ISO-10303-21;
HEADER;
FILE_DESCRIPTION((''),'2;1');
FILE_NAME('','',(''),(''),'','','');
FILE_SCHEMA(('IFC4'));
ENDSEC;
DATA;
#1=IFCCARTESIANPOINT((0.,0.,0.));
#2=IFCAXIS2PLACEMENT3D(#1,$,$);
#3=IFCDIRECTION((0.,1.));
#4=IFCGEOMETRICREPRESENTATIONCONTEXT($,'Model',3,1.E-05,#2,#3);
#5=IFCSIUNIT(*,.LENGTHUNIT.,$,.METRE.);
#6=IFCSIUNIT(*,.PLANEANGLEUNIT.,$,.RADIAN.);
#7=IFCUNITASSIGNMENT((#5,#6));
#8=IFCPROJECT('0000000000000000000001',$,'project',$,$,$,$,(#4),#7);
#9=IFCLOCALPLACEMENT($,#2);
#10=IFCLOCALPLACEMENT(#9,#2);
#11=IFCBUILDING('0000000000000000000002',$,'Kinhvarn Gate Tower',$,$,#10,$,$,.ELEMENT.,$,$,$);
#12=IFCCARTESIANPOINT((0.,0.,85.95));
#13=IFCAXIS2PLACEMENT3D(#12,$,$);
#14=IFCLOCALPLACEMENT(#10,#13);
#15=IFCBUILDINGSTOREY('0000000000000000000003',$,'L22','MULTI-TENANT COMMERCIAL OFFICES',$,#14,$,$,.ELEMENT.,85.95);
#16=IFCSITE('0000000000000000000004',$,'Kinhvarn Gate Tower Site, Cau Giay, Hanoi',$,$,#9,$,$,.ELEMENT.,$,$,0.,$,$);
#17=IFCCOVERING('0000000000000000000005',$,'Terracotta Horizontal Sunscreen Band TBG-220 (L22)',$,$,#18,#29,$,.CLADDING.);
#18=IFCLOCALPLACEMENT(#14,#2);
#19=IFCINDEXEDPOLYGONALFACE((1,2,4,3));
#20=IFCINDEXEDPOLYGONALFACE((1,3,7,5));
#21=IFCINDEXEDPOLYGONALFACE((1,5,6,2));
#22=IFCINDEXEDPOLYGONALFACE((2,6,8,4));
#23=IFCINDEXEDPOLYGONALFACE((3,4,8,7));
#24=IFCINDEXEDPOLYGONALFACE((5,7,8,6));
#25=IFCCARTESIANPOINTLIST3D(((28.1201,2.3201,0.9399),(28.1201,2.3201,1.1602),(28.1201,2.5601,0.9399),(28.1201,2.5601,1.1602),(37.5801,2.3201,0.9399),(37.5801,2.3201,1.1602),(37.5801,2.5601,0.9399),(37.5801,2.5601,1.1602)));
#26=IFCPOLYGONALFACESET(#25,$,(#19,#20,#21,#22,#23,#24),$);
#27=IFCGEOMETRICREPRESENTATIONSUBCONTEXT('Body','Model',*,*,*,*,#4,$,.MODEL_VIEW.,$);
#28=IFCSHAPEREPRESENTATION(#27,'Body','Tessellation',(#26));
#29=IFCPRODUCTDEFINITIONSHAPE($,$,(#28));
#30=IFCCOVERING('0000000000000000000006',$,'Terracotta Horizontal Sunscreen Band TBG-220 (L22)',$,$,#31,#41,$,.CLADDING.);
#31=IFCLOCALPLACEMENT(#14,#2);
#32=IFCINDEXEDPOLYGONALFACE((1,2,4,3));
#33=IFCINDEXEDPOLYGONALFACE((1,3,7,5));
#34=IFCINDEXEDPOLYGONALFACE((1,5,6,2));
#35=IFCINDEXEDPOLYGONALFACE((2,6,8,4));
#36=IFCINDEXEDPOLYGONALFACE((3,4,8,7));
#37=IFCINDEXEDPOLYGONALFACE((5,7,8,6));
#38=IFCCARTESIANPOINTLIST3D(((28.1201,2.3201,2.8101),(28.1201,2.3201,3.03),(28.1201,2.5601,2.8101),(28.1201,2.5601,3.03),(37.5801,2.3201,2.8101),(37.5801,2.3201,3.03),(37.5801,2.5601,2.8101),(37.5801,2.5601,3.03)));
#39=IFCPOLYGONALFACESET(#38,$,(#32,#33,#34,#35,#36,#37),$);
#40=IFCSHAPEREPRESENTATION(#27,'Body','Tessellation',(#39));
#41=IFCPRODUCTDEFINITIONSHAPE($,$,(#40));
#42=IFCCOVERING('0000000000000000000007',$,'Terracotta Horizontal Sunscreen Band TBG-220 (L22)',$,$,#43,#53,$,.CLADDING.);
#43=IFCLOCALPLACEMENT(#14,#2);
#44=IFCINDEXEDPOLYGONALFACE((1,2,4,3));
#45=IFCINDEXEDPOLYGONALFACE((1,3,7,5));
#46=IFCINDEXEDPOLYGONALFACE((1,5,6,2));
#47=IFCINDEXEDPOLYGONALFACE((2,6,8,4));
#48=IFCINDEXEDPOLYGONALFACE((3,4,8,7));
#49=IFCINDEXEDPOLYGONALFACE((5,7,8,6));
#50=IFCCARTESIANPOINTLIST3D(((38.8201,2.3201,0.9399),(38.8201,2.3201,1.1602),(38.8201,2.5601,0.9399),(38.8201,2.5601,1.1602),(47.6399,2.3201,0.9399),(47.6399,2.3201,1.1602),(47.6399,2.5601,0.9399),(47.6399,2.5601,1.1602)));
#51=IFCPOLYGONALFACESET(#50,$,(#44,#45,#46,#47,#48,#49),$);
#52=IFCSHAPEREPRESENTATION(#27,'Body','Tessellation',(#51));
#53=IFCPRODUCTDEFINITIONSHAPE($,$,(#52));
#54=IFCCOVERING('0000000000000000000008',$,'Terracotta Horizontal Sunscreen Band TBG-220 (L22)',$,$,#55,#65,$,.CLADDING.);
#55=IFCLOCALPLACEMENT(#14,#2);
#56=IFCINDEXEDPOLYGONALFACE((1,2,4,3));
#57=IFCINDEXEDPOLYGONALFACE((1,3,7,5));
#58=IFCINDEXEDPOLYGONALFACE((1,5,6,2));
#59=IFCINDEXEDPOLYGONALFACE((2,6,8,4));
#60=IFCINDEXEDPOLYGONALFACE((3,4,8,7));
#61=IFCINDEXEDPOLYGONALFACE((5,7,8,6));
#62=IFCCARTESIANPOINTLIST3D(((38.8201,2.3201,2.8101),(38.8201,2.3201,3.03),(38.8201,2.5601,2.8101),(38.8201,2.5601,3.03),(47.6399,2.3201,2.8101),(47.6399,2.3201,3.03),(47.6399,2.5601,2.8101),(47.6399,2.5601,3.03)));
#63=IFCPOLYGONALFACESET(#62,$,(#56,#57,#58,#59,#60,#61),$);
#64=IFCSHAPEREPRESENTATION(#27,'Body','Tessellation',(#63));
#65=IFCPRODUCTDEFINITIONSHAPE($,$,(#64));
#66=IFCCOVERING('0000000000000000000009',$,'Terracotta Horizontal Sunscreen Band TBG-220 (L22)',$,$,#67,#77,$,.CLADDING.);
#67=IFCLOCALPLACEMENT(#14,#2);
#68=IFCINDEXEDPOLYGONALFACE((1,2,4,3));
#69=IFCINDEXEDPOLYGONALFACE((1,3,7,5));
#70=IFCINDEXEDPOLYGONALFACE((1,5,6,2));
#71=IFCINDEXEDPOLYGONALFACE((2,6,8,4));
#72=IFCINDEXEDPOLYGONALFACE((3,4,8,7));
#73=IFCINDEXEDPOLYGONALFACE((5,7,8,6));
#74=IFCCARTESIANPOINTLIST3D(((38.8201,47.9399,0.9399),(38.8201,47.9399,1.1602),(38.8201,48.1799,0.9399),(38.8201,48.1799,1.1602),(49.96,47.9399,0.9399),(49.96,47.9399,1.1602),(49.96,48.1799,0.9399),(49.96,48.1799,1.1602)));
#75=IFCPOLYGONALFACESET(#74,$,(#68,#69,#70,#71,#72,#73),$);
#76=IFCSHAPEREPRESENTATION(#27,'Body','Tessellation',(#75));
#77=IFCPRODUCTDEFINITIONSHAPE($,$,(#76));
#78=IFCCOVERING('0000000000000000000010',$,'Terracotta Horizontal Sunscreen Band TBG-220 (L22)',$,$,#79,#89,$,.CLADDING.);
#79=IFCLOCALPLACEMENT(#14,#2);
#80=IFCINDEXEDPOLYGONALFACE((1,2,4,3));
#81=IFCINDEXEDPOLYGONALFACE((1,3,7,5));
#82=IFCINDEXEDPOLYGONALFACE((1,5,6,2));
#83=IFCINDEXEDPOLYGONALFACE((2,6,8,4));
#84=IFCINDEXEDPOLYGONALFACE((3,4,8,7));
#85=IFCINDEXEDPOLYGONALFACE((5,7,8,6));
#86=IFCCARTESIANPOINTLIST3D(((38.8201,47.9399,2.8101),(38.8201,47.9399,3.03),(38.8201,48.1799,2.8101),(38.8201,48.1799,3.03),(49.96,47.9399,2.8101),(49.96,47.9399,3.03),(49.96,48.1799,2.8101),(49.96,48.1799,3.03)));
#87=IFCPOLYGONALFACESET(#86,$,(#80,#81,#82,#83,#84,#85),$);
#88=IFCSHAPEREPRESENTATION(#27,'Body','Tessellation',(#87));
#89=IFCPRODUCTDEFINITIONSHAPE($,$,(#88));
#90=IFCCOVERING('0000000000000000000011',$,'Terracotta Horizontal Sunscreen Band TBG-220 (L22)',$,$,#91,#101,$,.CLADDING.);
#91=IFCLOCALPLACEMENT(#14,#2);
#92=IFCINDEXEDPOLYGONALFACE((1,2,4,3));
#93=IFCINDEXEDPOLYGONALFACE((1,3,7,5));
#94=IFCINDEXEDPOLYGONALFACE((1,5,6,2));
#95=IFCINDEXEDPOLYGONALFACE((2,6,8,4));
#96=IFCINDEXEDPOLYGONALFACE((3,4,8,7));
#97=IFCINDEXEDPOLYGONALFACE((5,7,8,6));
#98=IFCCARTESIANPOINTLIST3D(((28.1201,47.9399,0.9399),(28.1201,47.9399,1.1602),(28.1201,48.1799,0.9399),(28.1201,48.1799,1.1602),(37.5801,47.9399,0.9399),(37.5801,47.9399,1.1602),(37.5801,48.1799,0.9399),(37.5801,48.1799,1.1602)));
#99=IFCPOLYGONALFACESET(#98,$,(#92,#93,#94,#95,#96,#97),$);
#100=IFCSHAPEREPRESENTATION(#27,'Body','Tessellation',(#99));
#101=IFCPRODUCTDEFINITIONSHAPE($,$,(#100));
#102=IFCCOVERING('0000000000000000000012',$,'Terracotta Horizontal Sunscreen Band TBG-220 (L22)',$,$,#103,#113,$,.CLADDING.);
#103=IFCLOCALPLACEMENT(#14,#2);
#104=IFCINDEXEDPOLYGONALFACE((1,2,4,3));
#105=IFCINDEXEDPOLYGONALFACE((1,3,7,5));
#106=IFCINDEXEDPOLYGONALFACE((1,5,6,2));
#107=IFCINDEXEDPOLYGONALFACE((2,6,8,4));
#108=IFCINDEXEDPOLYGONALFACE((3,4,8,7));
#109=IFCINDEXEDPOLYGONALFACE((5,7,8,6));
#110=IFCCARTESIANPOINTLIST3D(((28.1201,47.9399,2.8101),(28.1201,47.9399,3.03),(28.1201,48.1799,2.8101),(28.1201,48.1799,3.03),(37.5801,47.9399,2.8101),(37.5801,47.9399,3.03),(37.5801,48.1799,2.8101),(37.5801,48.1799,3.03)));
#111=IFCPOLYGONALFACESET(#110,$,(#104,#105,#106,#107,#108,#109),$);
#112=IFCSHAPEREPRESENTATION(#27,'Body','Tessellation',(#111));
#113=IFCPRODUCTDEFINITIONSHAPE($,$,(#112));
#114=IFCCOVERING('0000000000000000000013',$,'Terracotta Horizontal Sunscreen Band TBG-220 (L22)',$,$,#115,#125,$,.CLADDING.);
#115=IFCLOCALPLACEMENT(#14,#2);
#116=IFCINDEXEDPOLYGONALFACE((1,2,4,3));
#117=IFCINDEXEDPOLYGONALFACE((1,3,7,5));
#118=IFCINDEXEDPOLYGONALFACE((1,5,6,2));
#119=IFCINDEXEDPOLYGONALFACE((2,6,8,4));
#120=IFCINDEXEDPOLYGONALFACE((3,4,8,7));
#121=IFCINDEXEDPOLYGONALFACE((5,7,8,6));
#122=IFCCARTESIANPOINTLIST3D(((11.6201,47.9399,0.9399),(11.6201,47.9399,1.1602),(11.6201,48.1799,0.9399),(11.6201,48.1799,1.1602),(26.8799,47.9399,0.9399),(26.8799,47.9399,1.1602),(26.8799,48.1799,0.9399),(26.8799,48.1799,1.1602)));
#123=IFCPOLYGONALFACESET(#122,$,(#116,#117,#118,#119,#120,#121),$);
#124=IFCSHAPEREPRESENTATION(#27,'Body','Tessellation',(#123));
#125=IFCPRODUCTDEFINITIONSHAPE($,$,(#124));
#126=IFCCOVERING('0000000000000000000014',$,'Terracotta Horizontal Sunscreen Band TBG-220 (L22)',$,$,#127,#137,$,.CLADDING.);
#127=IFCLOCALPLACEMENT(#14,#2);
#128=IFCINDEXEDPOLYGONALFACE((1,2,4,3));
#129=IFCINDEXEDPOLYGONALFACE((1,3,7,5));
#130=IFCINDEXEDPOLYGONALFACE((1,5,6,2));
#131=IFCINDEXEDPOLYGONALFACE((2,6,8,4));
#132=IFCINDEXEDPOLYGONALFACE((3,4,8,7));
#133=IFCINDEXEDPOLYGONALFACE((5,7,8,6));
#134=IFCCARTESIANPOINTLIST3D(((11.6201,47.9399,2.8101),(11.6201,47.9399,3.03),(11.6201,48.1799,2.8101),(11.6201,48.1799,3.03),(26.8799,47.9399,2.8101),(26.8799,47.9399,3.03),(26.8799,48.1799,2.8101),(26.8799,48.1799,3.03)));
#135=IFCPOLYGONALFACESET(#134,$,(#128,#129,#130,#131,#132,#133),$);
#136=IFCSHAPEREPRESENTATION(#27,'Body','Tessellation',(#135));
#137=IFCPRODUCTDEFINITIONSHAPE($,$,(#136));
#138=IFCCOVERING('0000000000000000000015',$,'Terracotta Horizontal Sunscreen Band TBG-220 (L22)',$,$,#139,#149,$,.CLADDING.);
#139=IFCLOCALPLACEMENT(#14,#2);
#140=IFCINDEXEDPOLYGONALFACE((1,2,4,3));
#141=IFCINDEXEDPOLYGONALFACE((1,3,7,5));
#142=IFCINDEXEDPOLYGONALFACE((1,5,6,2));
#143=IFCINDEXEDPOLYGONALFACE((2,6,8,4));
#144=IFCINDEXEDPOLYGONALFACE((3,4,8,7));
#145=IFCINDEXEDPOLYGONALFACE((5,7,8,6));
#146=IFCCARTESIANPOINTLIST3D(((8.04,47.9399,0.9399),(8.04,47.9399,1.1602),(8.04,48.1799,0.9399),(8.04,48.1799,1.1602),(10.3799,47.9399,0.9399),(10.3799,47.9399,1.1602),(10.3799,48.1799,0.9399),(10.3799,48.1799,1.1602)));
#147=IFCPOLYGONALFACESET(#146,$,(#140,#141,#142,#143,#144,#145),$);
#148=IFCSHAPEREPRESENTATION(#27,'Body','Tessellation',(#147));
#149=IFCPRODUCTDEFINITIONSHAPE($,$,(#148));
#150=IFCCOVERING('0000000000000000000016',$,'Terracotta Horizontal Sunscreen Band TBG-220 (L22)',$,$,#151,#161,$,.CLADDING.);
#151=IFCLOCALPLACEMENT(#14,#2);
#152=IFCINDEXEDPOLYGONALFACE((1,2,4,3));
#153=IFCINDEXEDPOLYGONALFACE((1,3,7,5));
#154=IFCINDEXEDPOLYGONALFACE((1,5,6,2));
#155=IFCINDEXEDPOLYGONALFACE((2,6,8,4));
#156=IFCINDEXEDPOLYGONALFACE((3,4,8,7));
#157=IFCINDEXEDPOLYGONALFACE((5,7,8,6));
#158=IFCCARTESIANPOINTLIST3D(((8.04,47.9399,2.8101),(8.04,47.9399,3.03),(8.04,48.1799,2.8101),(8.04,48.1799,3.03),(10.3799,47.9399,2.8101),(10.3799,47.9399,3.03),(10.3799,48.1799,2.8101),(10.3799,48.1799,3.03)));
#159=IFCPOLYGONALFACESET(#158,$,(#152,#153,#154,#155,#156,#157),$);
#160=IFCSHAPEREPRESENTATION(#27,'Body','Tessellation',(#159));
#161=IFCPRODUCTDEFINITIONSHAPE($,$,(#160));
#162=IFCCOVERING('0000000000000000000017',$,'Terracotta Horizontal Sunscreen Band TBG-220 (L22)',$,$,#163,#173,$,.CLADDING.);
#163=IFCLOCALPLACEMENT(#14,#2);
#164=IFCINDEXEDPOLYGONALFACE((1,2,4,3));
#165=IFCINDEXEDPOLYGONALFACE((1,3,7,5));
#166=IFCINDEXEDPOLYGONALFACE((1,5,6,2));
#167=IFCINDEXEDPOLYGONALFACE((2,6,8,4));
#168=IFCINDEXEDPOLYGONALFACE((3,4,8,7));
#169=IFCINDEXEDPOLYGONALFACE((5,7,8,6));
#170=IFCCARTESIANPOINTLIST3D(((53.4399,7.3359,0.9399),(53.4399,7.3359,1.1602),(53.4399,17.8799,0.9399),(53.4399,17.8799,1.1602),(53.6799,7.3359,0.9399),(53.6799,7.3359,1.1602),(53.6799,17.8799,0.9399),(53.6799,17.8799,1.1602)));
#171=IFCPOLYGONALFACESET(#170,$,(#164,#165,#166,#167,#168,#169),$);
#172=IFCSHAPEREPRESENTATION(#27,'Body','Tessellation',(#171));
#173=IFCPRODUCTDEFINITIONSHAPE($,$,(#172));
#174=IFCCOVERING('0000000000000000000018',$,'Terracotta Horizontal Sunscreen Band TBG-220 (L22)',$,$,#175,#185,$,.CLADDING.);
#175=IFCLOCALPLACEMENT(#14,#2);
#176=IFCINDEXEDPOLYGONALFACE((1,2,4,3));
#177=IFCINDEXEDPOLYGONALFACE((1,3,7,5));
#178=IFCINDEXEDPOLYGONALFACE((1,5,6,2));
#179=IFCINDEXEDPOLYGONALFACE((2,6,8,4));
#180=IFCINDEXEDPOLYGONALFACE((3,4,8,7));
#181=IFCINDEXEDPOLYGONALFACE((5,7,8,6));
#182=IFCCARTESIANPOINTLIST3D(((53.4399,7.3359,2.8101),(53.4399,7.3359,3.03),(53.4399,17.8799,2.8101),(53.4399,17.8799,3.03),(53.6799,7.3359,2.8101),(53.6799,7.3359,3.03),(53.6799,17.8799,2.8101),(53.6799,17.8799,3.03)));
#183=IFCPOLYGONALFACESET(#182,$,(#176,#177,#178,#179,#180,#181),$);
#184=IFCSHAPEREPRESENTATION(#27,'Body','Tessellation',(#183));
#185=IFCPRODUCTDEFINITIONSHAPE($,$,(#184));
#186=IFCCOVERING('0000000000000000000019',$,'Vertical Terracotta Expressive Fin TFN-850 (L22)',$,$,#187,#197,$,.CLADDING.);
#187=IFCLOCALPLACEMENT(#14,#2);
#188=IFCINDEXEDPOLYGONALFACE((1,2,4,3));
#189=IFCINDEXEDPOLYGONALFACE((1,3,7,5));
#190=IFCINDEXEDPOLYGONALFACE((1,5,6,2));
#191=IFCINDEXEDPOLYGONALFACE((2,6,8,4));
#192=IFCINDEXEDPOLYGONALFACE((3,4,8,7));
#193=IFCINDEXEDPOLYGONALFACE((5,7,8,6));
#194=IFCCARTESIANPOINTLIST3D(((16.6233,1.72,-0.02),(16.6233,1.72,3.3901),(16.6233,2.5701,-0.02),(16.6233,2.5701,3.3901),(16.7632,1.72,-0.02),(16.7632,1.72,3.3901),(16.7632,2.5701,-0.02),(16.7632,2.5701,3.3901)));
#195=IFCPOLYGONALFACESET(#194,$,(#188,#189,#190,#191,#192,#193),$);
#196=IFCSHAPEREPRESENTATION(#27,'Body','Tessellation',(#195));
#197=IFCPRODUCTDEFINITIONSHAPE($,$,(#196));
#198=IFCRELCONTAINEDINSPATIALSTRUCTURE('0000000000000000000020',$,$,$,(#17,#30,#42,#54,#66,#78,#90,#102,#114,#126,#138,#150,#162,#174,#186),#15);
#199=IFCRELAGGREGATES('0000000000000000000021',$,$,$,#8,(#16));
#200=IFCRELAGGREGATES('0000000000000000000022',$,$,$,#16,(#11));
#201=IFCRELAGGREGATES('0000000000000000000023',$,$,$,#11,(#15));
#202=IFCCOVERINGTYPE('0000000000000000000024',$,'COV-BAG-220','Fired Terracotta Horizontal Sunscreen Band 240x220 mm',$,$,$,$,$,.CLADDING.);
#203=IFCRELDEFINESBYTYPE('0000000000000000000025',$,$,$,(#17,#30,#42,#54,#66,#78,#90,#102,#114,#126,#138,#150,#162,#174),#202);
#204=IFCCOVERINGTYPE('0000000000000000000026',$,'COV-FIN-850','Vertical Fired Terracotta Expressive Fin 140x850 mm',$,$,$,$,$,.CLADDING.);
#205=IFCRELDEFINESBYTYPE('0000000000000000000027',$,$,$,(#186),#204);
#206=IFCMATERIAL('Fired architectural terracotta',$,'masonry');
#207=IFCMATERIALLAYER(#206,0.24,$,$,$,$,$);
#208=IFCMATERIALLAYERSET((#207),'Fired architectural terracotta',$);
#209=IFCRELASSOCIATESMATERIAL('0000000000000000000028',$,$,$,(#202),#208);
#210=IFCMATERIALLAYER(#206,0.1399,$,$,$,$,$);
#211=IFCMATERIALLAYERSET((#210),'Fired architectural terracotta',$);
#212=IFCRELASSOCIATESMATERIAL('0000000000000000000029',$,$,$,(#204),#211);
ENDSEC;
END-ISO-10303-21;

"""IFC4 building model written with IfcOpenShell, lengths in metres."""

from ifc_helpers import new_model, si_unit, direction, frame, origin, place, context, subcontext, project, spatial, polyline, outline, extrude, material, layer, layer_set, type_object, element, save


model = new_model("IFC4")

# Units and contexts
model_context = context("Model", 3, precision=1e-05, world=origin(), true_north=direction((0.0, 1.0)))
body_context = subcontext(model_context, "Body", "Model", "MODEL_VIEW")
ifc_project = project(units=[si_unit("LENGTHUNIT", "METRE"), si_unit("PLANEANGLEUNIT", "RADIAN")], contexts=[model_context])

# Site, building, storey
site_placement = place(None, origin())
site = spatial("IfcSite", under=ifc_project, at=site_placement, Name="Kinhvarn Gate Tower Site, Cau Giay, Hanoi", CompositionType="ELEMENT", RefElevation=0.0)
building_placement = place(site_placement, origin())
building = spatial("IfcBuilding", under=site, at=building_placement, Name="Kinhvarn Gate Tower", CompositionType="ELEMENT")
storey_placement = place(building_placement, frame((0.0, 0.0, 85.95)))
storey = spatial("IfcBuildingStorey", under=building, at=storey_placement, Name="L22", Description="MULTI-TENANT COMMERCIAL OFFICES", CompositionType="ELEMENT", Elevation=85.95)

# Coverings
ifc_material_1 = material(Name="Fired architectural terracotta", Category="masonry")
ifc_layer_1 = layer(ifc_material_1, 0.24)
ifc_layer_set_1 = layer_set([ifc_layer_1], Name="Fired architectural terracotta")
covering_type_1 = type_object("IfcCoveringType", Name="COV-BAG-220", Description="Fired Terracotta Horizontal Sunscreen Band 240x220 mm", PredefinedType="CLADDING", material=ifc_layer_set_1)
covering_1_placement = place(storey_placement, frame((0.0, 0.0, 0.9399)))
element("IfcCovering", 1, at=covering_1_placement, inside=storey, type_object=covering_type_1, Name="Terracotta Horizontal Sunscreen Band TBG-220 (L22)", PredefinedType="CLADDING", context=body_context, shape_type="SweptSolid", body=[
    extrude(outline(polyline([(28.1201, 2.5601), (37.5801, 2.5601), (37.5801, 2.3201), (28.1201, 2.3201), (28.1201, 2.5601)])), origin(), (0.0, 0.0, 1.0), 0.2202),
])
covering_2_placement = place(storey_placement, frame((0.0, 0.0, 2.8101)))
element("IfcCovering", 2, at=covering_2_placement, inside=storey, type_object=covering_type_1, Name="Terracotta Horizontal Sunscreen Band TBG-220 (L22)", PredefinedType="CLADDING", context=body_context, shape_type="SweptSolid", body=[
    extrude(outline(polyline([(28.1201, 2.5601), (37.5801, 2.5601), (37.5801, 2.3201), (28.1201, 2.3201), (28.1201, 2.5601)])), origin(), (0.0, 0.0, 1.0), 0.22),
])
covering_3_placement = place(storey_placement, frame((0.0, 0.0, 0.9399)))
element("IfcCovering", 3, at=covering_3_placement, inside=storey, type_object=covering_type_1, Name="Terracotta Horizontal Sunscreen Band TBG-220 (L22)", PredefinedType="CLADDING", context=body_context, shape_type="SweptSolid", body=[
    extrude(outline(polyline([(38.8201, 2.5601), (47.6399, 2.5601), (47.6399, 2.3201), (38.8201, 2.3201), (38.8201, 2.5601)])), origin(), (0.0, 0.0, 1.0), 0.2202),
])
covering_4_placement = place(storey_placement, frame((0.0, 0.0, 2.8101)))
element("IfcCovering", 4, at=covering_4_placement, inside=storey, type_object=covering_type_1, Name="Terracotta Horizontal Sunscreen Band TBG-220 (L22)", PredefinedType="CLADDING", context=body_context, shape_type="SweptSolid", body=[
    extrude(outline(polyline([(38.8201, 2.5601), (47.6399, 2.5601), (47.6399, 2.3201), (38.8201, 2.3201), (38.8201, 2.5601)])), origin(), (0.0, 0.0, 1.0), 0.22),
])
covering_5_placement = place(storey_placement, frame((0.0, 0.0, 0.9399)))
element("IfcCovering", 5, at=covering_5_placement, inside=storey, type_object=covering_type_1, Name="Terracotta Horizontal Sunscreen Band TBG-220 (L22)", PredefinedType="CLADDING", context=body_context, shape_type="SweptSolid", body=[
    extrude(outline(polyline([(49.96, 47.9399), (38.8201, 47.9399), (38.8201, 48.1799), (49.96, 48.1799), (49.96, 47.9399)])), origin(), (0.0, 0.0, 1.0), 0.2202),
])
covering_6_placement = place(storey_placement, frame((0.0, 0.0, 2.8101)))
element("IfcCovering", 6, at=covering_6_placement, inside=storey, type_object=covering_type_1, Name="Terracotta Horizontal Sunscreen Band TBG-220 (L22)", PredefinedType="CLADDING", context=body_context, shape_type="SweptSolid", body=[
    extrude(outline(polyline([(49.96, 47.9399), (38.8201, 47.9399), (38.8201, 48.1799), (49.96, 48.1799), (49.96, 47.9399)])), origin(), (0.0, 0.0, 1.0), 0.22),
])
covering_7_placement = place(storey_placement, frame((0.0, 0.0, 0.9399)))
element("IfcCovering", 7, at=covering_7_placement, inside=storey, type_object=covering_type_1, Name="Terracotta Horizontal Sunscreen Band TBG-220 (L22)", PredefinedType="CLADDING", context=body_context, shape_type="SweptSolid", body=[
    extrude(outline(polyline([(37.5801, 47.9399), (28.1201, 47.9399), (28.1201, 48.1799), (37.5801, 48.1799), (37.5801, 47.9399)])), origin(), (0.0, 0.0, 1.0), 0.2202),
])
covering_8_placement = place(storey_placement, frame((0.0, 0.0, 2.8101)))
element("IfcCovering", 8, at=covering_8_placement, inside=storey, type_object=covering_type_1, Name="Terracotta Horizontal Sunscreen Band TBG-220 (L22)", PredefinedType="CLADDING", context=body_context, shape_type="SweptSolid", body=[
    extrude(outline(polyline([(37.5801, 47.9399), (28.1201, 47.9399), (28.1201, 48.1799), (37.5801, 48.1799), (37.5801, 47.9399)])), origin(), (0.0, 0.0, 1.0), 0.22),
])
covering_9_placement = place(storey_placement, frame((0.0, 0.0, 0.9399)))
element("IfcCovering", 9, at=covering_9_placement, inside=storey, type_object=covering_type_1, Name="Terracotta Horizontal Sunscreen Band TBG-220 (L22)", PredefinedType="CLADDING", context=body_context, shape_type="SweptSolid", body=[
    extrude(outline(polyline([(26.8799, 47.9399), (11.6201, 47.9399), (11.6201, 48.1799), (26.8799, 48.1799), (26.8799, 47.9399)])), origin(), (0.0, 0.0, 1.0), 0.2202),
])
covering_10_placement = place(storey_placement, frame((0.0, 0.0, 2.8101)))
element("IfcCovering", 10, at=covering_10_placement, inside=storey, type_object=covering_type_1, Name="Terracotta Horizontal Sunscreen Band TBG-220 (L22)", PredefinedType="CLADDING", context=body_context, shape_type="SweptSolid", body=[
    extrude(outline(polyline([(26.8799, 47.9399), (11.6201, 47.9399), (11.6201, 48.1799), (26.8799, 48.1799), (26.8799, 47.9399)])), origin(), (0.0, 0.0, 1.0), 0.22),
])
covering_11_placement = place(storey_placement, frame((0.0, 0.0, 0.9399)))
element("IfcCovering", 11, at=covering_11_placement, inside=storey, type_object=covering_type_1, Name="Terracotta Horizontal Sunscreen Band TBG-220 (L22)", PredefinedType="CLADDING", context=body_context, shape_type="SweptSolid", body=[
    extrude(outline(polyline([(10.3799, 47.9399), (8.04, 47.9399), (8.04, 48.1799), (10.3799, 48.1799), (10.3799, 47.9399)])), origin(), (0.0, 0.0, 1.0), 0.2202),
])
covering_12_placement = place(storey_placement, frame((0.0, 0.0, 2.8101)))
element("IfcCovering", 12, at=covering_12_placement, inside=storey, type_object=covering_type_1, Name="Terracotta Horizontal Sunscreen Band TBG-220 (L22)", PredefinedType="CLADDING", context=body_context, shape_type="SweptSolid", body=[
    extrude(outline(polyline([(10.3799, 47.9399), (8.04, 47.9399), (8.04, 48.1799), (10.3799, 48.1799), (10.3799, 47.9399)])), origin(), (0.0, 0.0, 1.0), 0.22),
])
covering_13_placement = place(storey_placement, frame((0.0, 0.0, 0.9399)))
element("IfcCovering", 13, at=covering_13_placement, inside=storey, type_object=covering_type_1, Name="Terracotta Horizontal Sunscreen Band TBG-220 (L22)", PredefinedType="CLADDING", context=body_context, shape_type="SweptSolid", body=[
    extrude(outline(polyline([(53.4399, 7.3359), (53.4399, 17.8799), (53.6799, 17.8799), (53.6799, 7.3359), (53.4399, 7.3359)])), origin(), (0.0, 0.0, 1.0), 0.2202),
])
covering_14_placement = place(storey_placement, frame((0.0, 0.0, 2.8101)))
element("IfcCovering", 14, at=covering_14_placement, inside=storey, type_object=covering_type_1, Name="Terracotta Horizontal Sunscreen Band TBG-220 (L22)", PredefinedType="CLADDING", context=body_context, shape_type="SweptSolid", body=[
    extrude(outline(polyline([(53.4399, 7.3359), (53.4399, 17.8799), (53.6799, 17.8799), (53.6799, 7.3359), (53.4399, 7.3359)])), origin(), (0.0, 0.0, 1.0), 0.22),
])
ifc_layer_2 = layer(ifc_material_1, 0.1399)
ifc_layer_set_2 = layer_set([ifc_layer_2], Name="Fired architectural terracotta")
covering_type_2 = type_object("IfcCoveringType", Name="COV-FIN-850", Description="Vertical Fired Terracotta Expressive Fin 140x850 mm", PredefinedType="CLADDING", material=ifc_layer_set_2)
covering_15_placement = place(storey_placement, frame((0.0, 0.0, -0.02)))
element("IfcCovering", 15, at=covering_15_placement, inside=storey, type_object=covering_type_2, Name="Vertical Terracotta Expressive Fin TFN-850 (L22)", PredefinedType="CLADDING", context=body_context, shape_type="SweptSolid", body=[
    extrude(outline(polyline([(16.6233, 2.5701), (16.7632, 2.5701), (16.7632, 1.72), (16.6233, 1.72), (16.6233, 2.5701)])), origin(), (0.0, 0.0, 1.0), 3.4102),
])

save(model, "model.ifc")
